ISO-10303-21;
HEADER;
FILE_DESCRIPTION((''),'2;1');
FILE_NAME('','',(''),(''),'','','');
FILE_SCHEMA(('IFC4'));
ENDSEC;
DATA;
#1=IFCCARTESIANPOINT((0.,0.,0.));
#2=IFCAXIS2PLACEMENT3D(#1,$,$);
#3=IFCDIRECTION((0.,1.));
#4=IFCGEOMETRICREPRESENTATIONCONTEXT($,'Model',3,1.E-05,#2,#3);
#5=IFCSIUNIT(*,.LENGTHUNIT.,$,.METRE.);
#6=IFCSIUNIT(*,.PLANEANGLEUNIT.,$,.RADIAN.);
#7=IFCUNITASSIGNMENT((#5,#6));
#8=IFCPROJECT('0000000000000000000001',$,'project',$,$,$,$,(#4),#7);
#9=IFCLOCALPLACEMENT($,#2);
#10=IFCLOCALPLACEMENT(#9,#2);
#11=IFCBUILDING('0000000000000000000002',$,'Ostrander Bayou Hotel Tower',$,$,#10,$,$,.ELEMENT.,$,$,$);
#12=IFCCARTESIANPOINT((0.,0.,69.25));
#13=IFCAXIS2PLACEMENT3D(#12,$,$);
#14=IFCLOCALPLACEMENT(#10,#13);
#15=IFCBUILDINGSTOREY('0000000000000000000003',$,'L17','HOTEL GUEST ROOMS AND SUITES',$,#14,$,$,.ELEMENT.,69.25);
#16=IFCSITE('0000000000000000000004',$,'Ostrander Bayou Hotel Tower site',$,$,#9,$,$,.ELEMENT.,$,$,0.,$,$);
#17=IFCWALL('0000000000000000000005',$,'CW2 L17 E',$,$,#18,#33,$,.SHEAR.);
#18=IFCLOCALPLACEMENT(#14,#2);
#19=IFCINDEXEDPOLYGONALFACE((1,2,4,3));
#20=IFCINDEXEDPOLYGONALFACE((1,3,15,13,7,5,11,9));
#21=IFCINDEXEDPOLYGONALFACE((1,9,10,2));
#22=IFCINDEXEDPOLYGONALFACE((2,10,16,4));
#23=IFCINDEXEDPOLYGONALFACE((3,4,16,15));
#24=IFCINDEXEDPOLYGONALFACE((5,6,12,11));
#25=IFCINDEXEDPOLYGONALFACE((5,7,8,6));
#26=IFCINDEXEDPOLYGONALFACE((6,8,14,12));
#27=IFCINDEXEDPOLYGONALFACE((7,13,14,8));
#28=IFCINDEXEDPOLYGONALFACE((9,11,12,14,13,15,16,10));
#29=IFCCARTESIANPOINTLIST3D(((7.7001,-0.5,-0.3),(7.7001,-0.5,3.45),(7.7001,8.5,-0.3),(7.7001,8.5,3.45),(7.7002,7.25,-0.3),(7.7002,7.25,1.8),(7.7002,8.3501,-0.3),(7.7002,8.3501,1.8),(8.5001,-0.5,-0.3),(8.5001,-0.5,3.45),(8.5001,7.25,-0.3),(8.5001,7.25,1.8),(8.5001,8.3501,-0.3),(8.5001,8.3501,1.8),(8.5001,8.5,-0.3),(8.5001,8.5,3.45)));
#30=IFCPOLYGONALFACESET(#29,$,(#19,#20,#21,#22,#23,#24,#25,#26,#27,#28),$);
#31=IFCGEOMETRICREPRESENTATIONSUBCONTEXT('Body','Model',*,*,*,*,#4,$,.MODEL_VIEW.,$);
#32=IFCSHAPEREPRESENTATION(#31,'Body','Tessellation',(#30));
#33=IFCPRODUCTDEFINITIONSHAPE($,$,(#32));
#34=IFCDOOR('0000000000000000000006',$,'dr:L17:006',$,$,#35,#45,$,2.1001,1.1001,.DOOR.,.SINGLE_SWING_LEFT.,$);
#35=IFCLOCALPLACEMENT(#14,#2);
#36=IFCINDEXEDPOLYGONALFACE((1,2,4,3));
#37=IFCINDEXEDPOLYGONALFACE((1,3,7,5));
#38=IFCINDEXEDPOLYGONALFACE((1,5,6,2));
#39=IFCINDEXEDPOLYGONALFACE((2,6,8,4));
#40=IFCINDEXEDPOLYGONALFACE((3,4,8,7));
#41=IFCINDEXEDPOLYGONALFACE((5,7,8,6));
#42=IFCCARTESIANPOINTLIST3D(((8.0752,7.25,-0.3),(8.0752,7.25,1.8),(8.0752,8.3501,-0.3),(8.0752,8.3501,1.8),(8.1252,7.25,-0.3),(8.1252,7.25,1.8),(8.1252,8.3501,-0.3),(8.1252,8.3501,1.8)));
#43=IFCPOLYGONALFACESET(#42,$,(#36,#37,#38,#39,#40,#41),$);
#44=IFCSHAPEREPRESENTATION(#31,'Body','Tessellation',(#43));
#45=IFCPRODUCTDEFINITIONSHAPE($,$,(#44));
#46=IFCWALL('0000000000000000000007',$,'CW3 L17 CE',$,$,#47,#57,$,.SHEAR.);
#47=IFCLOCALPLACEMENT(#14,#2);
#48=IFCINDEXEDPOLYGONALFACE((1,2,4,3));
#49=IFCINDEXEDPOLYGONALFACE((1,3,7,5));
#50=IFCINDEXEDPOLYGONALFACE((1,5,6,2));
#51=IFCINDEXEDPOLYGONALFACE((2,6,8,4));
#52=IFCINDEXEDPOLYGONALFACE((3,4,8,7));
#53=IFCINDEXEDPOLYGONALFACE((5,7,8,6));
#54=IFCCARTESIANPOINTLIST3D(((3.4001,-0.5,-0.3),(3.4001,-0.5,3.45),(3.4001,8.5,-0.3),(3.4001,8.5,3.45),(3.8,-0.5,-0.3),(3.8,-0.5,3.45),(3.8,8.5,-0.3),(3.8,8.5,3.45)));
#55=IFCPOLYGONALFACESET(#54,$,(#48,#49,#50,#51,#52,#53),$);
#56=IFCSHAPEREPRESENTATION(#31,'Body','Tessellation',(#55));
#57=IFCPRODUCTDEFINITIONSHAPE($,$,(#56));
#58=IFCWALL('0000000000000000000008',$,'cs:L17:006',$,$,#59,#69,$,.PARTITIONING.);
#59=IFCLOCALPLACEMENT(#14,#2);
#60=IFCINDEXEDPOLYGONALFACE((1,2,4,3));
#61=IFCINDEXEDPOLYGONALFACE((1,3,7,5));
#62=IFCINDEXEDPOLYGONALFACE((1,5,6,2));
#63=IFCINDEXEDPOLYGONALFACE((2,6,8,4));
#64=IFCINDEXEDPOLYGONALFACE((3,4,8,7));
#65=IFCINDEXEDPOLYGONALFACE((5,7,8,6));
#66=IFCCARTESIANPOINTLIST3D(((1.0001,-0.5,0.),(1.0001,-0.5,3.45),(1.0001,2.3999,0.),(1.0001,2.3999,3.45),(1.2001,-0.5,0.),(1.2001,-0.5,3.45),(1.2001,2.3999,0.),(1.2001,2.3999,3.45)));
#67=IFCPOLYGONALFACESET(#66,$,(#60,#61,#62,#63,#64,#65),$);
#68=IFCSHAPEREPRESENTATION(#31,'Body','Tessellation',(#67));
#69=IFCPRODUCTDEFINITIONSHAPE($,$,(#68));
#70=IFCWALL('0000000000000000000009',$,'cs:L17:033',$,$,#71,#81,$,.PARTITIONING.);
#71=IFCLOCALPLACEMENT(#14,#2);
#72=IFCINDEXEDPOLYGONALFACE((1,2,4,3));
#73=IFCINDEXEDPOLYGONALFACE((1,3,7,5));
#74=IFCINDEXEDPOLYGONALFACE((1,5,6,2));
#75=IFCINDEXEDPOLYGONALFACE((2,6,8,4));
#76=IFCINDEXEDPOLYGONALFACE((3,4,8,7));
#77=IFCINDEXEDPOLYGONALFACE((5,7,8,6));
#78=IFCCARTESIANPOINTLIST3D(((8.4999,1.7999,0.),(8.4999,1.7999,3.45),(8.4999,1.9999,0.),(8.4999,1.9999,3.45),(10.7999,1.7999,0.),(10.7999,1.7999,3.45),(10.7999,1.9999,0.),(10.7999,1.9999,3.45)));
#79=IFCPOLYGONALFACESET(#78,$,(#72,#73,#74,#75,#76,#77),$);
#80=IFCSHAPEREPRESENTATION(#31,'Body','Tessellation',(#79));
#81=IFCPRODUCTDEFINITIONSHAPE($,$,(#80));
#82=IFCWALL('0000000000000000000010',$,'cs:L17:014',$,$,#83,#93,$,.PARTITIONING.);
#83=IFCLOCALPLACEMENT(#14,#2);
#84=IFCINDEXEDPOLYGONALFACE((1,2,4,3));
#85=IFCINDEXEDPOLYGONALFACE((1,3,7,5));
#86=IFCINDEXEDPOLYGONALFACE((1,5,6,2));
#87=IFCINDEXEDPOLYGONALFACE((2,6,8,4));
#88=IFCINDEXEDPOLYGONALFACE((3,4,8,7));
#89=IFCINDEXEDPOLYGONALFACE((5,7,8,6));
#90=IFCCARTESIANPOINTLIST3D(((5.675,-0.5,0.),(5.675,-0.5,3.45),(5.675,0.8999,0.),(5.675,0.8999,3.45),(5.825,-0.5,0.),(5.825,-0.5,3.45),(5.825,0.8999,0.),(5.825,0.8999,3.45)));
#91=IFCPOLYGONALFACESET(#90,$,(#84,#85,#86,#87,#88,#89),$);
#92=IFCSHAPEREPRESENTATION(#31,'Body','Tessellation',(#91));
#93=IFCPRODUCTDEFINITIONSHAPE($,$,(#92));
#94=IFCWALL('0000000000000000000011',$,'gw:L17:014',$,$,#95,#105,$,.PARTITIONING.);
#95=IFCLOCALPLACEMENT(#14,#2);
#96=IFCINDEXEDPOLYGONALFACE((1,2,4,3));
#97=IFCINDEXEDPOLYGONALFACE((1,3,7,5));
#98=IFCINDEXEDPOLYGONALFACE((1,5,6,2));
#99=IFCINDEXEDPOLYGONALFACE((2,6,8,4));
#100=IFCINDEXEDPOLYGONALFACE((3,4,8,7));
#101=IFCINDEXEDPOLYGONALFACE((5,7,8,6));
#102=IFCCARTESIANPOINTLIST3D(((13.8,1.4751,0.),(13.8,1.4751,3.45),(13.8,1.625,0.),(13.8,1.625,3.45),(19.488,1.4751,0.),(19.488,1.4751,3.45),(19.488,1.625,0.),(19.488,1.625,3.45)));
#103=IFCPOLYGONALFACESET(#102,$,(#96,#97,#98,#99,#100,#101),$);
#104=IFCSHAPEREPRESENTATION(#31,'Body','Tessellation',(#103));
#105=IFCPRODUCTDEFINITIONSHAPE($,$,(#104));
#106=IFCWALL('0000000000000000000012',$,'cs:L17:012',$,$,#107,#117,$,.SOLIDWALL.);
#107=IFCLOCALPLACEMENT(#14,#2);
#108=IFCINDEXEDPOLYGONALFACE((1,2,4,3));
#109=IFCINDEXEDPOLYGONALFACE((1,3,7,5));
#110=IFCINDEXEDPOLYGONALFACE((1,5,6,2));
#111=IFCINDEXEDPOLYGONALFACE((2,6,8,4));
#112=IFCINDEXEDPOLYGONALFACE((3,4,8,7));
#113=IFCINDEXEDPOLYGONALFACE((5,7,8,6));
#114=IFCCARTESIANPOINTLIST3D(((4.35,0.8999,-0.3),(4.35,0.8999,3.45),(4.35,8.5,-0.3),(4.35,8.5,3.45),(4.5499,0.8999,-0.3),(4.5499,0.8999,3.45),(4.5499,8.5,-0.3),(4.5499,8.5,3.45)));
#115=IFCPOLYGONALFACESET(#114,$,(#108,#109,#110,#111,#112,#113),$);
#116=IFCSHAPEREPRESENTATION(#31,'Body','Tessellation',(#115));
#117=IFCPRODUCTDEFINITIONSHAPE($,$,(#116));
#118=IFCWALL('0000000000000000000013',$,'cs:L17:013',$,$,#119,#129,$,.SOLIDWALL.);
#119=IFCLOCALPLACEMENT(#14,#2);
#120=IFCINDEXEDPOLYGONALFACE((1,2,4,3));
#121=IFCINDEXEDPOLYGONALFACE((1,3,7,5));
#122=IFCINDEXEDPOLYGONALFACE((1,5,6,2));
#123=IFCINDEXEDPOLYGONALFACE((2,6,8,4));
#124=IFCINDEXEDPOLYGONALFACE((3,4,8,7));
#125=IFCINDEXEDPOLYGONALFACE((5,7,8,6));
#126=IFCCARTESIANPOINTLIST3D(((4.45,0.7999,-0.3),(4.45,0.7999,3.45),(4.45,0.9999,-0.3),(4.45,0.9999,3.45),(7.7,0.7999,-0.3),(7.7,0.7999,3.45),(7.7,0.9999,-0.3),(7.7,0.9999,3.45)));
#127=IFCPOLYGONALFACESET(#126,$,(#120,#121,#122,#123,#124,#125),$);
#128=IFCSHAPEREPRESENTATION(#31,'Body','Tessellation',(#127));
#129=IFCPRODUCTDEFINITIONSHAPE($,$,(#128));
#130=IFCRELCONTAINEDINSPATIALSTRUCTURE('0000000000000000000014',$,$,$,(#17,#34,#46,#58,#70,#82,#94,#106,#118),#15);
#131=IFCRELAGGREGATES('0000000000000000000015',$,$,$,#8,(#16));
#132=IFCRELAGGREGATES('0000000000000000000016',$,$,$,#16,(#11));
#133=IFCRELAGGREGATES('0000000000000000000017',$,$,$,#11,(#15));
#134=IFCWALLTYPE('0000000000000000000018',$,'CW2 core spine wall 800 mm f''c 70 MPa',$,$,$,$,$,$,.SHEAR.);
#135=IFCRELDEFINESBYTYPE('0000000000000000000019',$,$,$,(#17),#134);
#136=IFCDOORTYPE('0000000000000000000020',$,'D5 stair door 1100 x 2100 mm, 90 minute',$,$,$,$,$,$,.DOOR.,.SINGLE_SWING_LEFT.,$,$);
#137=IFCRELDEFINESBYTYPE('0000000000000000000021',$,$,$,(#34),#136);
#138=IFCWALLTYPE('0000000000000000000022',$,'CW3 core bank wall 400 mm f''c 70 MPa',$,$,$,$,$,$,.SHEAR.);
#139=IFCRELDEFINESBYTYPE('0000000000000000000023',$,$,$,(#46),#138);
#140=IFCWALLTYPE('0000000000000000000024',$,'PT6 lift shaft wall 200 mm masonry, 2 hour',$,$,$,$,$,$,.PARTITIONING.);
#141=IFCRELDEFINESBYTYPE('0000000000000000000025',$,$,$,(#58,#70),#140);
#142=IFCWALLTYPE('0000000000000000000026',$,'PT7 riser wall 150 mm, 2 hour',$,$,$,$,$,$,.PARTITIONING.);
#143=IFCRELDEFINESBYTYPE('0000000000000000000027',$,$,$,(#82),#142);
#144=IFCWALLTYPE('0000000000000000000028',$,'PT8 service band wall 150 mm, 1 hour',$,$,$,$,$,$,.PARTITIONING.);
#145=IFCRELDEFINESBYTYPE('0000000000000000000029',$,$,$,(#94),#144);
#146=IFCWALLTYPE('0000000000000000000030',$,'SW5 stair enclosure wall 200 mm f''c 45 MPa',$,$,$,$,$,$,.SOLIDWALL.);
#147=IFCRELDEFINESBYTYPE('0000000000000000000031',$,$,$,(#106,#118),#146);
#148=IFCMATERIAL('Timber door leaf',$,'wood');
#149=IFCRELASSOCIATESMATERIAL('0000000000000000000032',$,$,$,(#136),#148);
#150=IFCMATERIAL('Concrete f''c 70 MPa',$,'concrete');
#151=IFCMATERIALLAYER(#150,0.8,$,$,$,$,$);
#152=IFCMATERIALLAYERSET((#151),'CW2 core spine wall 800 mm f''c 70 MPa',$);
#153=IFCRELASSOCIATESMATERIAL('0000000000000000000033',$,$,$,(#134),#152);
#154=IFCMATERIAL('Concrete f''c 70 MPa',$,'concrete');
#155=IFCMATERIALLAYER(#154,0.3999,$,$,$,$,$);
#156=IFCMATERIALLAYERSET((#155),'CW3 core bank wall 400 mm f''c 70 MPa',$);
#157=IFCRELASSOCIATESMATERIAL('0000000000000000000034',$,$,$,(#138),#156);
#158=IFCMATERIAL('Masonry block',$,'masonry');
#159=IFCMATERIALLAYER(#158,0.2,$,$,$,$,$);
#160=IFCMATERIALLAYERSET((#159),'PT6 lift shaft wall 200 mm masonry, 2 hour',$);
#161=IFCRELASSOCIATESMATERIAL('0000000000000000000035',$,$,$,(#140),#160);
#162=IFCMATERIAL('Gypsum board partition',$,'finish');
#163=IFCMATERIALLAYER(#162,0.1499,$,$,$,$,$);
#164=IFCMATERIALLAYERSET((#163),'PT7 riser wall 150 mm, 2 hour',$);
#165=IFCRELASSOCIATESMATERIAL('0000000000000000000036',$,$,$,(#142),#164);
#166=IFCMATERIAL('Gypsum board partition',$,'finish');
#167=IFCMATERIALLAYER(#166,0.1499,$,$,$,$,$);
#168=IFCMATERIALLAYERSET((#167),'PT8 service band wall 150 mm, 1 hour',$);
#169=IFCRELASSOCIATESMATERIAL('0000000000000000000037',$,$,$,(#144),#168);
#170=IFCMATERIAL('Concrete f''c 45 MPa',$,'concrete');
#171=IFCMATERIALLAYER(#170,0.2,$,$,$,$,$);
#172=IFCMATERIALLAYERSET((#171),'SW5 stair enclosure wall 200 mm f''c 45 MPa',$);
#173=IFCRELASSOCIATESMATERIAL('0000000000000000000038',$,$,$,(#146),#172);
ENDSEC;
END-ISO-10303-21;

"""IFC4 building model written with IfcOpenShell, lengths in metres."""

from ifc_helpers import new_model, si_unit, direction, frame, frame_2d, origin, place, context, subcontext, project, spatial, rectangle, extrude, material, layer, layer_set, type_object, element, fill, save


model = new_model("IFC4")

# Units and contexts
model_context = context("Model", 3, precision=1e-05, world=origin(), true_north=direction((0.0, 1.0)))
body_context = subcontext(model_context, "Body", "Model", "MODEL_VIEW")
ifc_project = project(units=[si_unit("LENGTHUNIT", "METRE"), si_unit("PLANEANGLEUNIT", "RADIAN")], contexts=[model_context])

# Site, building, storey
site_placement = place(None, origin())
site = spatial("IfcSite", under=ifc_project, at=site_placement, Name="Ostrander Bayou Hotel Tower site", CompositionType="ELEMENT", RefElevation=0.0)
building_placement = place(site_placement, origin())
building = spatial("IfcBuilding", under=site, at=building_placement, Name="Ostrander Bayou Hotel Tower", CompositionType="ELEMENT")
storey_placement = place(building_placement, frame((0.0, 0.0, 69.25)))
storey = spatial("IfcBuildingStorey", under=building, at=storey_placement, Name="L17", Description="HOTEL GUEST ROOMS AND SUITES", CompositionType="ELEMENT", Elevation=69.25)

# Shared definitions
ifc_material_1 = material(Name="Timber door leaf", Category="wood")
door_type_1 = type_object("IfcDoorType", Name="D5 stair door 1100 x 2100 mm, 90 minute", OperationType="SINGLE_SWING_LEFT", PredefinedType="DOOR", material=ifc_material_1)

# Wall, opening, door
ifc_material_2 = material(Name="Concrete f'c 70 MPa", Category="concrete")
ifc_layer_1 = layer(ifc_material_2, 0.8)
ifc_layer_set_1 = layer_set([ifc_layer_1], Name="CW2 core spine wall 800 mm f'c 70 MPa")
wall_type_1 = type_object("IfcWallType", Name="CW2 core spine wall 800 mm f'c 70 MPa", PredefinedType="SHEAR", material=ifc_layer_set_1)
wall_1_placement = place(storey_placement, frame((8.1001, -0.5, -0.3), z_axis=(0.0, 0.0, 1.0), x_axis=(0.0, 1.0, 0.0)))
wall_1 = element("IfcWall", 1, at=wall_1_placement, inside=storey, type_object=wall_type_1, Name="CW2 L17 E", PredefinedType="SHEAR", context=body_context, shape_type="SweptSolid", body=[
    extrude(rectangle(XDim=9.0, YDim=0.8, at=frame_2d((4.5, 0.0))), origin(), (0.0, 0.0, 1.0), 3.75),
])
opening_1_placement = place(wall_1_placement, frame((7.75, 0.0, 0.0)))
opening_1 = element("IfcOpeningElement", 2, at=opening_1_placement, cuts=wall_1, PredefinedType="OPENING", context=body_context, shape_type="SweptSolid", body=[
    extrude(rectangle(XDim=1.1001, YDim=2.1001, at=frame_2d((0.55, 1.05))), frame((0.0, 0.3999, 0.0), z_axis=(0.0, -1.0, 0.0), x_axis=(1.0, 0.0, 0.0)), (0.0, 0.0, 1.0), 0.8),
])
door_1_placement = place(opening_1_placement, origin())
door_1 = element("IfcDoor", 3, at=door_1_placement, inside=storey, type_object=door_type_1, Name="dr:L17:006", OperationType="SINGLE_SWING_LEFT", OverallHeight=2.1001, OverallWidth=1.1001, PredefinedType="DOOR", context=body_context, shape_type="SweptSolid", body=[
    extrude(rectangle(XDim=1.1001, YDim=2.1001, at=frame_2d((0.55, 1.05))), frame((0.0, 0.0249, 0.0), z_axis=(0.0, -1.0, 0.0), x_axis=(1.0, 0.0, 0.0)), (0.0, 0.0, 1.0), 0.05),
])
fill(opening_1, door_1)

# Walls
ifc_material_3 = material(Name="Concrete f'c 70 MPa", Category="concrete")
ifc_layer_2 = layer(ifc_material_3, 0.3999)
ifc_layer_set_2 = layer_set([ifc_layer_2], Name="CW3 core bank wall 400 mm f'c 70 MPa")
wall_type_2 = type_object("IfcWallType", Name="CW3 core bank wall 400 mm f'c 70 MPa", PredefinedType="SHEAR", material=ifc_layer_set_2)
wall_2_placement = place(storey_placement, frame((3.6001, -0.5, -0.3), z_axis=(0.0, 0.0, 1.0), x_axis=(0.0, 1.0, 0.0)))
element("IfcWall", 4, at=wall_2_placement, inside=storey, type_object=wall_type_2, Name="CW3 L17 CE", PredefinedType="SHEAR", context=body_context, shape_type="SweptSolid", body=[
    extrude(rectangle(XDim=9.0, YDim=0.3999, at=frame_2d((4.5, 0.0))), origin(), (0.0, 0.0, 1.0), 3.75),
])
ifc_material_4 = material(Name="Masonry block", Category="masonry")
ifc_layer_3 = layer(ifc_material_4, 0.2)
ifc_layer_set_3 = layer_set([ifc_layer_3], Name="PT6 lift shaft wall 200 mm masonry, 2 hour")
wall_type_3 = type_object("IfcWallType", Name="PT6 lift shaft wall 200 mm masonry, 2 hour", PredefinedType="PARTITIONING", material=ifc_layer_set_3)
wall_3_placement = place(storey_placement, frame((1.1001, -0.5, 0.0), z_axis=(0.0, 0.0, 1.0), x_axis=(0.0, 1.0, 0.0)))
element("IfcWall", 5, at=wall_3_placement, inside=storey, type_object=wall_type_3, Name="cs:L17:006", PredefinedType="PARTITIONING", context=body_context, shape_type="SweptSolid", body=[
    extrude(rectangle(XDim=2.8999, YDim=0.2, at=frame_2d((1.45, 0.0))), origin(), (0.0, 0.0, 1.0), 3.45),
])
wall_4_placement = place(storey_placement, frame((8.5, 1.8999, 0.0), z_axis=(0.0, 0.0, 1.0), x_axis=(1.0, 0.0, 0.0)))
element("IfcWall", 6, at=wall_4_placement, inside=storey, type_object=wall_type_3, Name="cs:L17:033", PredefinedType="PARTITIONING", context=body_context, shape_type="SweptSolid", body=[
    extrude(rectangle(XDim=2.3, YDim=0.2, at=frame_2d((1.1499, 0.0))), origin(), (0.0, 0.0, 1.0), 3.45),
])
ifc_material_5 = material(Name="Gypsum board partition", Category="finish")
ifc_layer_4 = layer(ifc_material_5, 0.1499)
ifc_layer_set_4 = layer_set([ifc_layer_4], Name="PT7 riser wall 150 mm, 2 hour")
wall_type_4 = type_object("IfcWallType", Name="PT7 riser wall 150 mm, 2 hour", PredefinedType="PARTITIONING", material=ifc_layer_set_4)
wall_5_placement = place(storey_placement, frame((5.75, -0.5, 0.0), z_axis=(0.0, 0.0, 1.0), x_axis=(0.0, 1.0, 0.0)))
element("IfcWall", 7, at=wall_5_placement, inside=storey, type_object=wall_type_4, Name="cs:L17:014", PredefinedType="PARTITIONING", context=body_context, shape_type="SweptSolid", body=[
    extrude(rectangle(XDim=1.3999, YDim=0.1499, at=frame_2d((0.7, 0.0))), origin(), (0.0, 0.0, 1.0), 3.45),
])
ifc_material_6 = material(Name="Gypsum board partition", Category="finish")
ifc_layer_5 = layer(ifc_material_6, 0.1499)
ifc_layer_set_5 = layer_set([ifc_layer_5], Name="PT8 service band wall 150 mm, 1 hour")
wall_type_5 = type_object("IfcWallType", Name="PT8 service band wall 150 mm, 1 hour", PredefinedType="PARTITIONING", material=ifc_layer_set_5)
wall_6_placement = place(storey_placement, frame((13.8, 1.55, 0.0), z_axis=(0.0, 0.0, 1.0), x_axis=(1.0, 0.0, 0.0)))
element("IfcWall", 8, at=wall_6_placement, inside=storey, type_object=wall_type_5, Name="gw:L17:014", PredefinedType="PARTITIONING", context=body_context, shape_type="SweptSolid", body=[
    extrude(rectangle(XDim=5.688, YDim=0.1499, at=frame_2d((2.844, 0.0))), origin(), (0.0, 0.0, 1.0), 3.45),
])
ifc_material_7 = material(Name="Concrete f'c 45 MPa", Category="concrete")
ifc_layer_6 = layer(ifc_material_7, 0.2)
ifc_layer_set_6 = layer_set([ifc_layer_6], Name="SW5 stair enclosure wall 200 mm f'c 45 MPa")
wall_type_6 = type_object("IfcWallType", Name="SW5 stair enclosure wall 200 mm f'c 45 MPa", PredefinedType="SOLIDWALL", material=ifc_layer_set_6)
wall_7_placement = place(storey_placement, frame((4.45, 0.8999, -0.3), z_axis=(0.0, 0.0, 1.0), x_axis=(0.0, 1.0, 0.0)))
element("IfcWall", 9, at=wall_7_placement, inside=storey, type_object=wall_type_6, Name="cs:L17:012", PredefinedType="SOLIDWALL", context=body_context, shape_type="SweptSolid", body=[
    extrude(rectangle(XDim=7.6001, YDim=0.2, at=frame_2d((3.8, 0.0))), origin(), (0.0, 0.0, 1.0), 3.75),
])
wall_8_placement = place(storey_placement, frame((4.45, 0.8999, -0.3), z_axis=(0.0, 0.0, 1.0), x_axis=(1.0, 0.0, 0.0)))
element("IfcWall", 10, at=wall_8_placement, inside=storey, type_object=wall_type_6, Name="cs:L17:013", PredefinedType="SOLIDWALL", context=body_context, shape_type="SweptSolid", body=[
    extrude(rectangle(XDim=3.25, YDim=0.2, at=frame_2d((1.625, 0.0))), origin(), (0.0, 0.0, 1.0), 3.75),
])

save(model, "model.ifc")
